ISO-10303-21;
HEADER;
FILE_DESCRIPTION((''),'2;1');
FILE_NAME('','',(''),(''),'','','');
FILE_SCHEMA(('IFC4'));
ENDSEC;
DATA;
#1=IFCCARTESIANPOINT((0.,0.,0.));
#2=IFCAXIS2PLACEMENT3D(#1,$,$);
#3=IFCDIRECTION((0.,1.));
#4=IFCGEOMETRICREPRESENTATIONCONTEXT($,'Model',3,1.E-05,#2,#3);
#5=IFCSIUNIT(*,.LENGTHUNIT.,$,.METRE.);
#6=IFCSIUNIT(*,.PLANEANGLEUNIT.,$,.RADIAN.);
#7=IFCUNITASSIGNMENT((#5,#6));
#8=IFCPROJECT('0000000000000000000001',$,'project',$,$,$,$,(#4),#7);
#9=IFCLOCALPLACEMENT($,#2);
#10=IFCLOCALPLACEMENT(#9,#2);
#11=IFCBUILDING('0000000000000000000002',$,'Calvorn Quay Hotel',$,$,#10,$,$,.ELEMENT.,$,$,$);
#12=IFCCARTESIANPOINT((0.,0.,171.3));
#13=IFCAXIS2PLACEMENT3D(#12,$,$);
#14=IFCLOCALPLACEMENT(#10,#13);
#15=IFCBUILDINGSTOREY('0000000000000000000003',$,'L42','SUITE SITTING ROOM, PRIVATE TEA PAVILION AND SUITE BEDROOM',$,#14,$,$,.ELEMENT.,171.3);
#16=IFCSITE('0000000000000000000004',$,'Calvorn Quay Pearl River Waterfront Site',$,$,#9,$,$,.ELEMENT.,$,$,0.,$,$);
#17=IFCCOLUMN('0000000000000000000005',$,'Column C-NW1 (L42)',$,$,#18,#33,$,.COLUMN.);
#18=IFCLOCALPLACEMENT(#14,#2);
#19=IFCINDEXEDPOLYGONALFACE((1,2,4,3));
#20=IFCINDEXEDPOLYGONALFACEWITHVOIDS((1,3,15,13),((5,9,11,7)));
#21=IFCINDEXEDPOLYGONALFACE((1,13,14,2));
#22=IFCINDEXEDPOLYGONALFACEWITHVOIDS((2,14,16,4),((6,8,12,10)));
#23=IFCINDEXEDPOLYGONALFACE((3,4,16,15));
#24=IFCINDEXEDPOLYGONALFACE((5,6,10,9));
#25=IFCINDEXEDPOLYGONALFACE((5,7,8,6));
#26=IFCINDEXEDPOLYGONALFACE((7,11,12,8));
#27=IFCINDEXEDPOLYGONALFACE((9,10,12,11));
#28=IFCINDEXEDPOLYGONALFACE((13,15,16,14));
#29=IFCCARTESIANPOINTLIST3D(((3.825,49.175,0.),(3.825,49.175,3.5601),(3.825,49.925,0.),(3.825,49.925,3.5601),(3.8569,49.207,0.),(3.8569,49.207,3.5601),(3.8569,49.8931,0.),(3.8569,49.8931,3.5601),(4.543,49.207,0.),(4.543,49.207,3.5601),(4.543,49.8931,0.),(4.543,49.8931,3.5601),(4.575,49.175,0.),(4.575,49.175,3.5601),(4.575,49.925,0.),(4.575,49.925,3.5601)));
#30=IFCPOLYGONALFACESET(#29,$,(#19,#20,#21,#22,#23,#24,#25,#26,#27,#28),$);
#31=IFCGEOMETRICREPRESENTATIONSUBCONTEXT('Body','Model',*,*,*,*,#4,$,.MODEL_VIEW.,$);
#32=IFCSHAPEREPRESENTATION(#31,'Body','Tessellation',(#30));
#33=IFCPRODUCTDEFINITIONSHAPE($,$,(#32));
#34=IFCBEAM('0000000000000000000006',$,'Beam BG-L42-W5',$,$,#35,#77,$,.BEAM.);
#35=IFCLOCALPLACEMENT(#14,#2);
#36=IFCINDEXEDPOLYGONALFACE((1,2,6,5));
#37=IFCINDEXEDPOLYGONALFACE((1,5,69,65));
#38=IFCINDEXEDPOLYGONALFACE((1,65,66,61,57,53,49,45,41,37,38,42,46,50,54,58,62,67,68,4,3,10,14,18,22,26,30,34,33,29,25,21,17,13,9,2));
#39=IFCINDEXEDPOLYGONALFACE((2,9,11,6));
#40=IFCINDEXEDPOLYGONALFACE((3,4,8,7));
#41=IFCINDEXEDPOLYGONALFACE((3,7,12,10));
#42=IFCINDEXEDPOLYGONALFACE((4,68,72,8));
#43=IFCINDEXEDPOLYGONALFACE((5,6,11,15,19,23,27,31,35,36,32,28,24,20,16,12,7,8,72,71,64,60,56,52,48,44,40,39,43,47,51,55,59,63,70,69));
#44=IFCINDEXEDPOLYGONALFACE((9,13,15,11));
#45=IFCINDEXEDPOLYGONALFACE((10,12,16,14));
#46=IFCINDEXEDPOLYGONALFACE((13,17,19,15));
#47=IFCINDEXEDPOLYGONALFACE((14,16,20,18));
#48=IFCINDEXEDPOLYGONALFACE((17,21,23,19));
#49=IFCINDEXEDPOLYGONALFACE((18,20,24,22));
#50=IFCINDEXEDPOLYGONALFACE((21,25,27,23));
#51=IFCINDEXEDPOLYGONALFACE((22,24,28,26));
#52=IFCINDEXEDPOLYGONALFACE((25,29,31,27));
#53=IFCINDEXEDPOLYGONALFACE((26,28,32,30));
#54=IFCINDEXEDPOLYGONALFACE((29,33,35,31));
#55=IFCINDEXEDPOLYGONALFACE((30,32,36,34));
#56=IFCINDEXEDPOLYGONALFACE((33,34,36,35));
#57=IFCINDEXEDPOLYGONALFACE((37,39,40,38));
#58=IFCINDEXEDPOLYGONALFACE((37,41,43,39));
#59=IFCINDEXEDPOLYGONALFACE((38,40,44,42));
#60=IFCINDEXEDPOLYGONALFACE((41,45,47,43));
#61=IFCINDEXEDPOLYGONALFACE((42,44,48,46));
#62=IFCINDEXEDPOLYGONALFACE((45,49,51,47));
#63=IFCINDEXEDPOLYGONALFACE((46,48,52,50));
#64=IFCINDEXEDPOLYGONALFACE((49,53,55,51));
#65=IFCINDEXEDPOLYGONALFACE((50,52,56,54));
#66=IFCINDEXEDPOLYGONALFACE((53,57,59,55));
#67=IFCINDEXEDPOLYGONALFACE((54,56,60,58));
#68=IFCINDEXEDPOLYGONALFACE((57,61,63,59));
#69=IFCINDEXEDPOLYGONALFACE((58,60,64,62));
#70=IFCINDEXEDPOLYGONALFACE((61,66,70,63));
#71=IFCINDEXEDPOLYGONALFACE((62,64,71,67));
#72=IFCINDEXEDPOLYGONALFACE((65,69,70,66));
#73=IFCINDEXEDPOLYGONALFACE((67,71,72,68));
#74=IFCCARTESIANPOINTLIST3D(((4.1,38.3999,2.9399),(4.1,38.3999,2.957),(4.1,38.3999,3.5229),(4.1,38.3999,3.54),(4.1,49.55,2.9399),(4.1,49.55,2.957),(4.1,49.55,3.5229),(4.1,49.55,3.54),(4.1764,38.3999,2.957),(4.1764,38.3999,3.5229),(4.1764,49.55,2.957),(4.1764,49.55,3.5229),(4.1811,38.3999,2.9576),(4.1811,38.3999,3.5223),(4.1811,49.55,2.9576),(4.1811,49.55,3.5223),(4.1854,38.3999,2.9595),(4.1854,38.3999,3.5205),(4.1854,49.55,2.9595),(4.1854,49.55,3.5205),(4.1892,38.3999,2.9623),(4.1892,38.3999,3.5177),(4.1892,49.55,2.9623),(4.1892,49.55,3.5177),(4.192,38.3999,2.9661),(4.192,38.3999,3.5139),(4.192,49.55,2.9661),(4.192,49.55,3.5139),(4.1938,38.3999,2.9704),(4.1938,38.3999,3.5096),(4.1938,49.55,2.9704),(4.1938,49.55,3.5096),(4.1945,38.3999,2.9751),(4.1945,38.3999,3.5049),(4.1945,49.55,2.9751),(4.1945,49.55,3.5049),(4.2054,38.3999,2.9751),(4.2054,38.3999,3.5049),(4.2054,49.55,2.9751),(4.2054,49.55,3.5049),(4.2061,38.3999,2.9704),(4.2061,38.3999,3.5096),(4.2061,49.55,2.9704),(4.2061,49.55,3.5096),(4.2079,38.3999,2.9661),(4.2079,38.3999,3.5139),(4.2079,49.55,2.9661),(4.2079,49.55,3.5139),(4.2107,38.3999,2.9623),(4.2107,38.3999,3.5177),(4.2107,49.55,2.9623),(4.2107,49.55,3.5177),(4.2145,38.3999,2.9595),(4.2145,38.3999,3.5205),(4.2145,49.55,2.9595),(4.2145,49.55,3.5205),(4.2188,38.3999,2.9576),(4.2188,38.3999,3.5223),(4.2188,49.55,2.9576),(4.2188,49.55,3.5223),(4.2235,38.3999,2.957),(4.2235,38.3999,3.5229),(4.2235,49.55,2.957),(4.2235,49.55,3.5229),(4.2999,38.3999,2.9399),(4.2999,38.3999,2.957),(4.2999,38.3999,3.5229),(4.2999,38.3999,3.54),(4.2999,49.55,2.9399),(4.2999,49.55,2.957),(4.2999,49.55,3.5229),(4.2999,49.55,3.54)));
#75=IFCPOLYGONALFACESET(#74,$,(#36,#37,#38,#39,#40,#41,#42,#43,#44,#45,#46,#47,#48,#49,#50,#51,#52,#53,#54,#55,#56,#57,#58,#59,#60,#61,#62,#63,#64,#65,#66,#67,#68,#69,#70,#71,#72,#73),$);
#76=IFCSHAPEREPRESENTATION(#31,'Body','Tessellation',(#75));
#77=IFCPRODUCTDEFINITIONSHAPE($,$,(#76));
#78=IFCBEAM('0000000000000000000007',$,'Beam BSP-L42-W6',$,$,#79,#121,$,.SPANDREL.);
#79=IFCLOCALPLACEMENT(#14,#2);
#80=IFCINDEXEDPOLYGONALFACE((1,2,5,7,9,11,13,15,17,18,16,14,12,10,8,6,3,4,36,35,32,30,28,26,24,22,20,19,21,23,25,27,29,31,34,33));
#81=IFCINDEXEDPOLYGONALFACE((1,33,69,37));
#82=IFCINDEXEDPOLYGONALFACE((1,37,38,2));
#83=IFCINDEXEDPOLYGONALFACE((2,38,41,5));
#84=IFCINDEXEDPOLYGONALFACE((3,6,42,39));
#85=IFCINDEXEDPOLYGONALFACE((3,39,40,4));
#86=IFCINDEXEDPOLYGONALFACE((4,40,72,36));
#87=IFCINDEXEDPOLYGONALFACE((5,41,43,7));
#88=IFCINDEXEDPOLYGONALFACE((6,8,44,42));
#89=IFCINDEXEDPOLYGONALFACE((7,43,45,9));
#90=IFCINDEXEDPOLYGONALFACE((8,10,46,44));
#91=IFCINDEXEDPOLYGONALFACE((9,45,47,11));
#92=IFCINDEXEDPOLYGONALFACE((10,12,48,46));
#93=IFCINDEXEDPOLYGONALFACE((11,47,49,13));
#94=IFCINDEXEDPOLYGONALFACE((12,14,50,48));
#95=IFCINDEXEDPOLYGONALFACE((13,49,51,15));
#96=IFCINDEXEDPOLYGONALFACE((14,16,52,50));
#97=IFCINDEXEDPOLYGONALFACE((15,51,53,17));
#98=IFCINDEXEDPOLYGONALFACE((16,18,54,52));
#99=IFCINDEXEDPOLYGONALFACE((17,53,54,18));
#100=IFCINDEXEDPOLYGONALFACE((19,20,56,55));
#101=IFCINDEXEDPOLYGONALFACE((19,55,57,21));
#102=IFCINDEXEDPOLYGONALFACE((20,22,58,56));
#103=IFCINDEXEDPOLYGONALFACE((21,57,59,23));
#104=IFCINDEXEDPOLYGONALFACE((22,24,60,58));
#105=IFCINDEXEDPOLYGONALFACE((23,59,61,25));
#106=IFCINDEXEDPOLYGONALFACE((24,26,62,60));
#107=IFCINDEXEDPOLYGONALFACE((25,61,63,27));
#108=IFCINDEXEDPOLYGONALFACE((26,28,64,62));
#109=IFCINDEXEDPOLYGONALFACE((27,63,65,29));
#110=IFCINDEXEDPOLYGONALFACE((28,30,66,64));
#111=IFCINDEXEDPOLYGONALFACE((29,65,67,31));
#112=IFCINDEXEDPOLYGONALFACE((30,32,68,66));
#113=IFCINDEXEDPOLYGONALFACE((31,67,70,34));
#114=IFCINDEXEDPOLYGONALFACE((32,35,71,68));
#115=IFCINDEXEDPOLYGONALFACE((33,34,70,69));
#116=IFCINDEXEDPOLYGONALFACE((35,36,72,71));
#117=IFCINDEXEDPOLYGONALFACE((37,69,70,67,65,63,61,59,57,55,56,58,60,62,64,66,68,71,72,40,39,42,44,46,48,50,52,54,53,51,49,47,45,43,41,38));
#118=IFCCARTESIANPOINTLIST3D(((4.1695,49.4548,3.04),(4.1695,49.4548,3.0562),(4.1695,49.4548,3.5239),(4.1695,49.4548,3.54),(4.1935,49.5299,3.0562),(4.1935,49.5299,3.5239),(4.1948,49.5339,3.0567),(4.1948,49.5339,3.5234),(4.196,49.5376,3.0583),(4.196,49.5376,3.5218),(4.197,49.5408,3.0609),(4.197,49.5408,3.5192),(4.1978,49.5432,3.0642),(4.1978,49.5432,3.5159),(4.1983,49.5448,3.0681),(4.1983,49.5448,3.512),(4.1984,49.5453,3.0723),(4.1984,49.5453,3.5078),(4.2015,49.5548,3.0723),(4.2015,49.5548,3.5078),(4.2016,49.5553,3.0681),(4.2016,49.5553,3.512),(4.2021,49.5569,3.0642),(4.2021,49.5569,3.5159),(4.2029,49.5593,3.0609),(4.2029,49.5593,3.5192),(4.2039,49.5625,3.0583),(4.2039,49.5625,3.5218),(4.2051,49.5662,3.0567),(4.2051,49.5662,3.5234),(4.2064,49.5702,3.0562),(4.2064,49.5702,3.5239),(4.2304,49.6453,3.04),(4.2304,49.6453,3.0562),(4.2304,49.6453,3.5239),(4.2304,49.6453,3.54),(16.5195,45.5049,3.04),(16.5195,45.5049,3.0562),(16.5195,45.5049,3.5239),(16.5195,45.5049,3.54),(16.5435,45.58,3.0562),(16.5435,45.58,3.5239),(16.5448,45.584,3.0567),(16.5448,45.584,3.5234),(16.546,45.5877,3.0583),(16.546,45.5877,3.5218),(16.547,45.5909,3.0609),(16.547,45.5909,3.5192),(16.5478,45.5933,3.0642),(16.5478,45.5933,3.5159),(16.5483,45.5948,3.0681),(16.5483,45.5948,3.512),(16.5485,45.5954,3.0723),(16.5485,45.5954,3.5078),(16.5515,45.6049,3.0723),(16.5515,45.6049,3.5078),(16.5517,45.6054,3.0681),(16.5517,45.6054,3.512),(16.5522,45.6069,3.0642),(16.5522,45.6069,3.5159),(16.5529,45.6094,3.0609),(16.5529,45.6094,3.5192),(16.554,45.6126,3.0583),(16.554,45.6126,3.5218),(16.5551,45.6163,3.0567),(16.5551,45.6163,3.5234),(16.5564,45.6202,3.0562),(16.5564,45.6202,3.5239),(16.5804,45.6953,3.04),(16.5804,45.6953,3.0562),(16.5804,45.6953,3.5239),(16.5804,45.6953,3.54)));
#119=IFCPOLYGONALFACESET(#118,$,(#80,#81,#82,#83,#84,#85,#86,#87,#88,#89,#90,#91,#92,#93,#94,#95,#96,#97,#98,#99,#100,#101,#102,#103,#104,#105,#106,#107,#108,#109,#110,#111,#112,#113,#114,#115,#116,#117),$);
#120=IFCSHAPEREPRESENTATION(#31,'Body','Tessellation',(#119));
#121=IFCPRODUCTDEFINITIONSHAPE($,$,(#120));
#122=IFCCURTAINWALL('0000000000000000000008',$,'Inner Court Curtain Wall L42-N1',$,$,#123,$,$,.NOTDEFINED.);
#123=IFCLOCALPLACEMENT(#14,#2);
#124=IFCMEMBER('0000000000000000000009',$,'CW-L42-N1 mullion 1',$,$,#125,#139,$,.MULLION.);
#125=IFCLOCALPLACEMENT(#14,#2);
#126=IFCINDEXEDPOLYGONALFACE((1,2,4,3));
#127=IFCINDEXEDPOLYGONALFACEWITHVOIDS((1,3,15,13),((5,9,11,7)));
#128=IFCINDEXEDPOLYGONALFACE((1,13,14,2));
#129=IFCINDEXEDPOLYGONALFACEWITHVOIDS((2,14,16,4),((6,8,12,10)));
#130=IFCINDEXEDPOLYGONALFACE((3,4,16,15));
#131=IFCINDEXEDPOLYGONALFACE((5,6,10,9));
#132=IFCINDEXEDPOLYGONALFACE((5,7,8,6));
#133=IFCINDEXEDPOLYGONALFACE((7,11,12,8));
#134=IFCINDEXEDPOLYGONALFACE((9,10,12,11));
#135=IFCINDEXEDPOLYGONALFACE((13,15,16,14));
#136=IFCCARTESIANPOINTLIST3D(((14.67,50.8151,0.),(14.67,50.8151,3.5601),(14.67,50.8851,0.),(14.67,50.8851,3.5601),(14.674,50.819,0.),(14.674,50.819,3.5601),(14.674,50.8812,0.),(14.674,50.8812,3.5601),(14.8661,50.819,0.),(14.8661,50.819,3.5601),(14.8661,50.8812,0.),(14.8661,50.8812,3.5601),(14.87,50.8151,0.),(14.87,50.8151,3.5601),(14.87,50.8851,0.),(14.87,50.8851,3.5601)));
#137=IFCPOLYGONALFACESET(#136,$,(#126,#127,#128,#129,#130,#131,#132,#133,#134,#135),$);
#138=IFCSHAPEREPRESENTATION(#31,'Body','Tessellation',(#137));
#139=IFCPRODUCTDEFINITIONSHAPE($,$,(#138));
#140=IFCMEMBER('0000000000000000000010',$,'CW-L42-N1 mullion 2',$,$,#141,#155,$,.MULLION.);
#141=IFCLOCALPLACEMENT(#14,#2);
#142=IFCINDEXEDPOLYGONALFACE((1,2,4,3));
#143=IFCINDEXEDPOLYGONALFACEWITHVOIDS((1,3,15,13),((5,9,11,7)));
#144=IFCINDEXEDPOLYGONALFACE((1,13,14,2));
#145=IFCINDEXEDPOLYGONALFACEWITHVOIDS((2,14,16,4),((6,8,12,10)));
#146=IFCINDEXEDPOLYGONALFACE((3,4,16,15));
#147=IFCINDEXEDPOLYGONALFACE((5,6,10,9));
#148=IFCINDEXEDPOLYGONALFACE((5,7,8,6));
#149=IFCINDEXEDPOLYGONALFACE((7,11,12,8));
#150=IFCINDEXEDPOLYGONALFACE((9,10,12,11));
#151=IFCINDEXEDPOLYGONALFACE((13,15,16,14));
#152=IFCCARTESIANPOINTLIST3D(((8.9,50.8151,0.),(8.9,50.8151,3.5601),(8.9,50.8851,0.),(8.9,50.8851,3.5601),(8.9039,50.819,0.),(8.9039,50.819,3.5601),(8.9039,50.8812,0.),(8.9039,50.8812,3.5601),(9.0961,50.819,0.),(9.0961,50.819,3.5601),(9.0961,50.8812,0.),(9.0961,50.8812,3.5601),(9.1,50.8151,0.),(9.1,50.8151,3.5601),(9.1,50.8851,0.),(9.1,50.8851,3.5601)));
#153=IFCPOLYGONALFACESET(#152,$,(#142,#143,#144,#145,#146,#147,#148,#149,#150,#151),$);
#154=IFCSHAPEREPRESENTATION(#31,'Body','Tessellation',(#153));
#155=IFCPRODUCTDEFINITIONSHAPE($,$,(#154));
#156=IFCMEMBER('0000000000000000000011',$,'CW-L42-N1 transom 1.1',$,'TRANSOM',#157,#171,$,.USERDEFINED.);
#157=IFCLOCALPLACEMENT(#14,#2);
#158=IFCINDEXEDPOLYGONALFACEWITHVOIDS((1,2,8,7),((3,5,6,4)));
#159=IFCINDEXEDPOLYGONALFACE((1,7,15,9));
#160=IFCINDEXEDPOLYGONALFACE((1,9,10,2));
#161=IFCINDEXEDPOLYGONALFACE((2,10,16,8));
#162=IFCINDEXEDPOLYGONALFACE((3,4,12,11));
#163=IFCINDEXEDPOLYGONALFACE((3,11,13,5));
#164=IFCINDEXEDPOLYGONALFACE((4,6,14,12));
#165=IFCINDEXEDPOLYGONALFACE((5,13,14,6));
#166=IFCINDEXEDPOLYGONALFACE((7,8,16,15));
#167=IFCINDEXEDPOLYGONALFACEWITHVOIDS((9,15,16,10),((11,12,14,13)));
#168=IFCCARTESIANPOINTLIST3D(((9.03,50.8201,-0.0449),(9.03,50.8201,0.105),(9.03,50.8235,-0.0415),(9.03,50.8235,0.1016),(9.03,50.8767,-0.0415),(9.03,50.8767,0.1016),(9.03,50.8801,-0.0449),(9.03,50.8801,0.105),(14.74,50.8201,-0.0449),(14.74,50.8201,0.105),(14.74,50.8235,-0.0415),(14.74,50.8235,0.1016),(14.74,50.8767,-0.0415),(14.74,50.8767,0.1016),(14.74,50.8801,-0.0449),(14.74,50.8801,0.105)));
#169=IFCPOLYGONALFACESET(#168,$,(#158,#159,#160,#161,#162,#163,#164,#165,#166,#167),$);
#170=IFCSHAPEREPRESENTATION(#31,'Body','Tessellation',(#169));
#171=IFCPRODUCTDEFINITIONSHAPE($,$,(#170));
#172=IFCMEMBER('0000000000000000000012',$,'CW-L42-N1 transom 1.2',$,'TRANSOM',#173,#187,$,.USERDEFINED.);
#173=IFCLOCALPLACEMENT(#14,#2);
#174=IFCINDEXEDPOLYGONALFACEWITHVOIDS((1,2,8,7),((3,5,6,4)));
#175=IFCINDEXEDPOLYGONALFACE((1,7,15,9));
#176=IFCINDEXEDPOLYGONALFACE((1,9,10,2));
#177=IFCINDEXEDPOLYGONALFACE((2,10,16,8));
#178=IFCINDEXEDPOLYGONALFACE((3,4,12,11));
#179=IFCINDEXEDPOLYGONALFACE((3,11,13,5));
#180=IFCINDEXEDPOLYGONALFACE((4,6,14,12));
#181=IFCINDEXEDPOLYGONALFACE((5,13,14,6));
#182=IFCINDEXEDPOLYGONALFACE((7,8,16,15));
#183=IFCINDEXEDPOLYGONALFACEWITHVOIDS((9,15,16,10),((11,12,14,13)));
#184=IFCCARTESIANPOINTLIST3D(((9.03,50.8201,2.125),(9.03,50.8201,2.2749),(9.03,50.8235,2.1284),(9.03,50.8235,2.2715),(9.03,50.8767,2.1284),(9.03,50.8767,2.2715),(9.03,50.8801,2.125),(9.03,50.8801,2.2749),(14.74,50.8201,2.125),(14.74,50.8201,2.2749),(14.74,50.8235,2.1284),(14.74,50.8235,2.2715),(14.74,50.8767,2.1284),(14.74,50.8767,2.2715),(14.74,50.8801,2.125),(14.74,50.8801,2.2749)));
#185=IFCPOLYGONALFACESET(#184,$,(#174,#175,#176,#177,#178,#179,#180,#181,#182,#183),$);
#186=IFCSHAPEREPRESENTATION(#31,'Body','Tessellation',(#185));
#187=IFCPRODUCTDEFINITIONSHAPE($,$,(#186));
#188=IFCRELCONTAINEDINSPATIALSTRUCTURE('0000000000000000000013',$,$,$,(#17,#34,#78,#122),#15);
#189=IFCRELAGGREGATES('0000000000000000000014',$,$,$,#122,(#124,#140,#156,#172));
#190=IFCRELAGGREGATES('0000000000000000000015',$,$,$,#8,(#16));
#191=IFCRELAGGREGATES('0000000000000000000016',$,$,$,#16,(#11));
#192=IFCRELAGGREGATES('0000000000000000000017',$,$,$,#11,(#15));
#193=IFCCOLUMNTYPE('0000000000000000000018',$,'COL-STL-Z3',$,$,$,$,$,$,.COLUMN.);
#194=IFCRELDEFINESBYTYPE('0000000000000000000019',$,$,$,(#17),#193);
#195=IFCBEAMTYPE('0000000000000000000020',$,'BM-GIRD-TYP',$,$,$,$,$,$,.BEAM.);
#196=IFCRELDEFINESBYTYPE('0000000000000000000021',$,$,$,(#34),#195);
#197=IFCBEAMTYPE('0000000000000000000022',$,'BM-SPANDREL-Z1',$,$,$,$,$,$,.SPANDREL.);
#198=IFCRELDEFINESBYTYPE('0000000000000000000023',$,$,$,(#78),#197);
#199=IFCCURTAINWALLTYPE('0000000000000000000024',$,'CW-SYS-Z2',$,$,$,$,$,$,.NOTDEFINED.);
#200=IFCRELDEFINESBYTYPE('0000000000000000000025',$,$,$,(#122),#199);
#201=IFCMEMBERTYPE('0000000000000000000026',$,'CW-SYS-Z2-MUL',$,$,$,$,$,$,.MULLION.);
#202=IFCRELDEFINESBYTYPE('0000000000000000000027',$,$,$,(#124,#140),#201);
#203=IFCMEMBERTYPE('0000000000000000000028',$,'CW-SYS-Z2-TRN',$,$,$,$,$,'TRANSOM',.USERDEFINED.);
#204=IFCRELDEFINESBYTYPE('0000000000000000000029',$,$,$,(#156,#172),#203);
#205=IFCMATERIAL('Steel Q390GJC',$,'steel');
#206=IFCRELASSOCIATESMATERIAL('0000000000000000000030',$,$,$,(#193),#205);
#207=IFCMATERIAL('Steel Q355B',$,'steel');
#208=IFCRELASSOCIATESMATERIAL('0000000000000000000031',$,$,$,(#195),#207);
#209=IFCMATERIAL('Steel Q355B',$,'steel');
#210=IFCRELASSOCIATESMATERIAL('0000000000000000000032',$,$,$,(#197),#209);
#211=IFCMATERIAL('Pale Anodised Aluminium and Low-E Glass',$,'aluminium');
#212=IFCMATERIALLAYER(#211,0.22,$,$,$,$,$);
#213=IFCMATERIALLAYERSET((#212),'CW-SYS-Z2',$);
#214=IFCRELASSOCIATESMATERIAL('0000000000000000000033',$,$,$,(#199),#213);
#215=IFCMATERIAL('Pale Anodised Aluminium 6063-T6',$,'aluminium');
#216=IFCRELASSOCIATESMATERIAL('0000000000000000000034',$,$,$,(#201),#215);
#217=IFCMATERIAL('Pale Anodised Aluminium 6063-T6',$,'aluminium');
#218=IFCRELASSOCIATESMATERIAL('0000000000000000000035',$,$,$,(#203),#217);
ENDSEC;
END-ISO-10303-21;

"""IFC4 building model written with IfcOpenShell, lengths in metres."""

from ifc_helpers import new_model, si_unit, direction, frame, origin, origin_2d, place, context, subcontext, project, spatial, hollow_rectangle, i_section, extrude, material, layer, layer_set, material_profile, profile_set, type_object, element, aggregate, save


model = new_model("IFC4")

# Units and contexts
model_context = context("Model", 3, precision=1e-05, world=origin(), true_north=direction((0.0, 1.0)))
body_context = subcontext(model_context, "Body", "Model", "MODEL_VIEW")
ifc_project = project(units=[si_unit("LENGTHUNIT", "METRE"), si_unit("PLANEANGLEUNIT", "RADIAN")], contexts=[model_context])

# Site, building, storey
site_placement = place(None, origin())
site = spatial("IfcSite", under=ifc_project, at=site_placement, Name="Calvorn Quay Pearl River Waterfront Site", CompositionType="ELEMENT", RefElevation=0.0)
building_placement = place(site_placement, origin())
building = spatial("IfcBuilding", under=site, at=building_placement, Name="Calvorn Quay Hotel", CompositionType="ELEMENT")
storey_placement = place(building_placement, frame((0.0, 0.0, 171.3)))
storey = spatial("IfcBuildingStorey", under=building, at=storey_placement, Name="L42", Description="SUITE SITTING ROOM, PRIVATE TEA PAVILION AND SUITE BEDROOM", CompositionType="ELEMENT", Elevation=171.3)

# Column
ifc_material_1 = material(Name="Steel Q390GJC", Category="steel")
ifc_material_profile_1 = material_profile(ifc_material_1, hollow_rectangle(XDim=0.75, YDim=0.75, WallThickness=0.032, at=origin_2d()), Name="BOX750x750x32")
ifc_profile_set_1 = profile_set([ifc_material_profile_1], Name="Steel Q390GJC")
column_type = type_object("IfcColumnType", Name="COL-STL-Z3", PredefinedType="COLUMN", material=ifc_profile_set_1)
column_placement = place(storey_placement, frame((4.2, 49.55, 0.0), z_axis=(0.0, 0.0, 1.0), x_axis=(1.0, 0.0, 0.0)))
element("IfcColumn", 1, at=column_placement, inside=storey, type_object=column_type, Name="Column C-NW1 (L42)", PredefinedType="COLUMN", context=body_context, shape_type="SweptSolid", body=[
    extrude(hollow_rectangle(XDim=0.75, YDim=0.75, WallThickness=0.032, at=origin_2d()), origin(), (0.0, 0.0, 1.0), 3.5601),
])

# Beams
ifc_material_2 = material(Name="Steel Q355B", Category="steel")
ifc_material_profile_2 = material_profile(ifc_material_2, i_section(OverallWidth=0.2, OverallDepth=0.6001, WebThickness=0.011, FlangeThickness=0.0171, FilletRadius=0.0181, at=origin_2d()), Name="HN600x200x11x17")
ifc_profile_set_2 = profile_set([ifc_material_profile_2], Name="Steel Q355B")
beam_type_1 = type_object("IfcBeamType", Name="BM-GIRD-TYP", PredefinedType="BEAM", material=ifc_profile_set_2)
beam_1_placement = place(storey_placement, frame((4.2, 49.55, 3.24), z_axis=(0.0, -1.0, 0.0), x_axis=(1.0, 0.0, 0.0)))
element("IfcBeam", 2, at=beam_1_placement, inside=storey, type_object=beam_type_1, Name="Beam BG-L42-W5", PredefinedType="BEAM", context=body_context, shape_type="SweptSolid", body=[
    extrude(i_section(OverallWidth=0.2, OverallDepth=0.6001, WebThickness=0.011, FlangeThickness=0.0171, FilletRadius=0.0181, at=origin_2d()), origin(), (0.0, 0.0, 1.0), 11.1501),
])
ifc_material_3 = material(Name="Steel Q355B", Category="steel")
ifc_material_profile_3 = material_profile(ifc_material_3, i_section(OverallWidth=0.2, OverallDepth=0.5, WebThickness=0.01, FlangeThickness=0.0161, FilletRadius=0.0161, at=origin_2d()), Name="HN500x200x10x16")
ifc_profile_set_3 = profile_set([ifc_material_profile_3], Name="Steel Q355B")
beam_type_2 = type_object("IfcBeamType", Name="BM-SPANDREL-Z1", PredefinedType="SPANDREL", material=ifc_profile_set_3)
beam_2_placement = place(storey_placement, frame((4.2, 49.55, 3.29), z_axis=(0.952471, -0.30463, 0.0), x_axis=(0.30463, 0.952471, 0.0)))
element("IfcBeam", 3, at=beam_2_placement, inside=storey, type_object=beam_type_2, Name="Beam BSP-L42-W6", PredefinedType="SPANDREL", context=body_context, shape_type="SweptSolid", body=[
    extrude(i_section(OverallWidth=0.2, OverallDepth=0.5, WebThickness=0.01, FlangeThickness=0.0161, FilletRadius=0.0161, at=origin_2d()), origin(), (0.0, 0.0, 1.0), 12.9663),
])

# Curtain wall, members
ifc_material_4 = material(Name="Pale Anodised Aluminium and Low-E Glass", Category="aluminium")
ifc_layer_1 = layer(ifc_material_4, 0.22)
ifc_layer_set_1 = layer_set([ifc_layer_1], Name="CW-SYS-Z2")
curtain_wall_type = type_object("IfcCurtainWallType", Name="CW-SYS-Z2", PredefinedType="NOTDEFINED", material=ifc_layer_set_1)
curtain_wall_placement = place(storey_placement, origin())
curtain_wall = element("IfcCurtainWall", 4, at=curtain_wall_placement, inside=storey, type_object=curtain_wall_type, Name="Inner Court Curtain Wall L42-N1", PredefinedType="NOTDEFINED")
ifc_material_5 = material(Name="Pale Anodised Aluminium 6063-T6", Category="aluminium")
ifc_material_profile_4 = material_profile(ifc_material_5, hollow_rectangle(XDim=0.0701, YDim=0.2, WallThickness=0.0039, at=origin_2d()), Name="ALU-M200x70x4")
ifc_profile_set_4 = profile_set([ifc_material_profile_4], Name="Pale Anodised Aluminium 6063-T6")
member_type_1 = type_object("IfcMemberType", Name="CW-SYS-Z2-MUL", PredefinedType="MULLION", material=ifc_profile_set_4)
member_1_placement = place(storey_placement, frame((14.77, 50.8501, 0.0), z_axis=(0.0, 0.0, 1.0), x_axis=(0.0, -1.0, 0.0)))
member_1 = element("IfcMember", 5, at=member_1_placement, type_object=member_type_1, Name="CW-L42-N1 mullion 1", PredefinedType="MULLION", context=body_context, shape_type="SweptSolid", body=[
    extrude(hollow_rectangle(XDim=0.0701, YDim=0.2, WallThickness=0.0039, at=origin_2d()), origin(), (0.0, 0.0, 1.0), 3.5601),
])
member_2_placement = place(storey_placement, frame((9.0, 50.8501, 0.0), z_axis=(0.0, 0.0, 1.0), x_axis=(0.0, -1.0, 0.0)))
member_2 = element("IfcMember", 6, at=member_2_placement, type_object=member_type_1, Name="CW-L42-N1 mullion 2", PredefinedType="MULLION", context=body_context, shape_type="SweptSolid", body=[
    extrude(hollow_rectangle(XDim=0.0701, YDim=0.2, WallThickness=0.0039, at=origin_2d()), origin(), (0.0, 0.0, 1.0), 3.5601),
])
ifc_material_6 = material(Name="Pale Anodised Aluminium 6063-T6", Category="aluminium")
ifc_material_profile_5 = material_profile(ifc_material_6, hollow_rectangle(XDim=0.0601, YDim=0.1499, WallThickness=0.0034, at=origin_2d()), Name="ALU-T150x60x3.5")
ifc_profile_set_5 = profile_set([ifc_material_profile_5], Name="Pale Anodised Aluminium 6063-T6")
member_type_2 = type_object("IfcMemberType", Name="CW-SYS-Z2-TRN", ElementType="TRANSOM", PredefinedType="USERDEFINED", material=ifc_profile_set_5)
member_3_placement = place(storey_placement, frame((14.74, 50.8501, 0.03), z_axis=(-1.0, 0.0, 0.0), x_axis=(0.0, -1.0, 0.0)))
member_3 = element("IfcMember", 7, at=member_3_placement, type_object=member_type_2, Name="CW-L42-N1 transom 1.1", ObjectType="TRANSOM", PredefinedType="USERDEFINED", context=body_context, shape_type="SweptSolid", body=[
    extrude(hollow_rectangle(XDim=0.0601, YDim=0.1499, WallThickness=0.0034, at=origin_2d()), origin(), (0.0, 0.0, 1.0), 5.71),
])
member_4_placement = place(storey_placement, frame((14.74, 50.8501, 2.2), z_axis=(-1.0, 0.0, 0.0), x_axis=(0.0, -1.0, 0.0)))
member_4 = element("IfcMember", 8, at=member_4_placement, type_object=member_type_2, Name="CW-L42-N1 transom 1.2", ObjectType="TRANSOM", PredefinedType="USERDEFINED", context=body_context, shape_type="SweptSolid", body=[
    extrude(hollow_rectangle(XDim=0.0601, YDim=0.1499, WallThickness=0.0034, at=origin_2d()), origin(), (0.0, 0.0, 1.0), 5.71),
])
aggregate(curtain_wall, [member_1, member_2, member_3, member_4])

save(model, "model.ifc")
